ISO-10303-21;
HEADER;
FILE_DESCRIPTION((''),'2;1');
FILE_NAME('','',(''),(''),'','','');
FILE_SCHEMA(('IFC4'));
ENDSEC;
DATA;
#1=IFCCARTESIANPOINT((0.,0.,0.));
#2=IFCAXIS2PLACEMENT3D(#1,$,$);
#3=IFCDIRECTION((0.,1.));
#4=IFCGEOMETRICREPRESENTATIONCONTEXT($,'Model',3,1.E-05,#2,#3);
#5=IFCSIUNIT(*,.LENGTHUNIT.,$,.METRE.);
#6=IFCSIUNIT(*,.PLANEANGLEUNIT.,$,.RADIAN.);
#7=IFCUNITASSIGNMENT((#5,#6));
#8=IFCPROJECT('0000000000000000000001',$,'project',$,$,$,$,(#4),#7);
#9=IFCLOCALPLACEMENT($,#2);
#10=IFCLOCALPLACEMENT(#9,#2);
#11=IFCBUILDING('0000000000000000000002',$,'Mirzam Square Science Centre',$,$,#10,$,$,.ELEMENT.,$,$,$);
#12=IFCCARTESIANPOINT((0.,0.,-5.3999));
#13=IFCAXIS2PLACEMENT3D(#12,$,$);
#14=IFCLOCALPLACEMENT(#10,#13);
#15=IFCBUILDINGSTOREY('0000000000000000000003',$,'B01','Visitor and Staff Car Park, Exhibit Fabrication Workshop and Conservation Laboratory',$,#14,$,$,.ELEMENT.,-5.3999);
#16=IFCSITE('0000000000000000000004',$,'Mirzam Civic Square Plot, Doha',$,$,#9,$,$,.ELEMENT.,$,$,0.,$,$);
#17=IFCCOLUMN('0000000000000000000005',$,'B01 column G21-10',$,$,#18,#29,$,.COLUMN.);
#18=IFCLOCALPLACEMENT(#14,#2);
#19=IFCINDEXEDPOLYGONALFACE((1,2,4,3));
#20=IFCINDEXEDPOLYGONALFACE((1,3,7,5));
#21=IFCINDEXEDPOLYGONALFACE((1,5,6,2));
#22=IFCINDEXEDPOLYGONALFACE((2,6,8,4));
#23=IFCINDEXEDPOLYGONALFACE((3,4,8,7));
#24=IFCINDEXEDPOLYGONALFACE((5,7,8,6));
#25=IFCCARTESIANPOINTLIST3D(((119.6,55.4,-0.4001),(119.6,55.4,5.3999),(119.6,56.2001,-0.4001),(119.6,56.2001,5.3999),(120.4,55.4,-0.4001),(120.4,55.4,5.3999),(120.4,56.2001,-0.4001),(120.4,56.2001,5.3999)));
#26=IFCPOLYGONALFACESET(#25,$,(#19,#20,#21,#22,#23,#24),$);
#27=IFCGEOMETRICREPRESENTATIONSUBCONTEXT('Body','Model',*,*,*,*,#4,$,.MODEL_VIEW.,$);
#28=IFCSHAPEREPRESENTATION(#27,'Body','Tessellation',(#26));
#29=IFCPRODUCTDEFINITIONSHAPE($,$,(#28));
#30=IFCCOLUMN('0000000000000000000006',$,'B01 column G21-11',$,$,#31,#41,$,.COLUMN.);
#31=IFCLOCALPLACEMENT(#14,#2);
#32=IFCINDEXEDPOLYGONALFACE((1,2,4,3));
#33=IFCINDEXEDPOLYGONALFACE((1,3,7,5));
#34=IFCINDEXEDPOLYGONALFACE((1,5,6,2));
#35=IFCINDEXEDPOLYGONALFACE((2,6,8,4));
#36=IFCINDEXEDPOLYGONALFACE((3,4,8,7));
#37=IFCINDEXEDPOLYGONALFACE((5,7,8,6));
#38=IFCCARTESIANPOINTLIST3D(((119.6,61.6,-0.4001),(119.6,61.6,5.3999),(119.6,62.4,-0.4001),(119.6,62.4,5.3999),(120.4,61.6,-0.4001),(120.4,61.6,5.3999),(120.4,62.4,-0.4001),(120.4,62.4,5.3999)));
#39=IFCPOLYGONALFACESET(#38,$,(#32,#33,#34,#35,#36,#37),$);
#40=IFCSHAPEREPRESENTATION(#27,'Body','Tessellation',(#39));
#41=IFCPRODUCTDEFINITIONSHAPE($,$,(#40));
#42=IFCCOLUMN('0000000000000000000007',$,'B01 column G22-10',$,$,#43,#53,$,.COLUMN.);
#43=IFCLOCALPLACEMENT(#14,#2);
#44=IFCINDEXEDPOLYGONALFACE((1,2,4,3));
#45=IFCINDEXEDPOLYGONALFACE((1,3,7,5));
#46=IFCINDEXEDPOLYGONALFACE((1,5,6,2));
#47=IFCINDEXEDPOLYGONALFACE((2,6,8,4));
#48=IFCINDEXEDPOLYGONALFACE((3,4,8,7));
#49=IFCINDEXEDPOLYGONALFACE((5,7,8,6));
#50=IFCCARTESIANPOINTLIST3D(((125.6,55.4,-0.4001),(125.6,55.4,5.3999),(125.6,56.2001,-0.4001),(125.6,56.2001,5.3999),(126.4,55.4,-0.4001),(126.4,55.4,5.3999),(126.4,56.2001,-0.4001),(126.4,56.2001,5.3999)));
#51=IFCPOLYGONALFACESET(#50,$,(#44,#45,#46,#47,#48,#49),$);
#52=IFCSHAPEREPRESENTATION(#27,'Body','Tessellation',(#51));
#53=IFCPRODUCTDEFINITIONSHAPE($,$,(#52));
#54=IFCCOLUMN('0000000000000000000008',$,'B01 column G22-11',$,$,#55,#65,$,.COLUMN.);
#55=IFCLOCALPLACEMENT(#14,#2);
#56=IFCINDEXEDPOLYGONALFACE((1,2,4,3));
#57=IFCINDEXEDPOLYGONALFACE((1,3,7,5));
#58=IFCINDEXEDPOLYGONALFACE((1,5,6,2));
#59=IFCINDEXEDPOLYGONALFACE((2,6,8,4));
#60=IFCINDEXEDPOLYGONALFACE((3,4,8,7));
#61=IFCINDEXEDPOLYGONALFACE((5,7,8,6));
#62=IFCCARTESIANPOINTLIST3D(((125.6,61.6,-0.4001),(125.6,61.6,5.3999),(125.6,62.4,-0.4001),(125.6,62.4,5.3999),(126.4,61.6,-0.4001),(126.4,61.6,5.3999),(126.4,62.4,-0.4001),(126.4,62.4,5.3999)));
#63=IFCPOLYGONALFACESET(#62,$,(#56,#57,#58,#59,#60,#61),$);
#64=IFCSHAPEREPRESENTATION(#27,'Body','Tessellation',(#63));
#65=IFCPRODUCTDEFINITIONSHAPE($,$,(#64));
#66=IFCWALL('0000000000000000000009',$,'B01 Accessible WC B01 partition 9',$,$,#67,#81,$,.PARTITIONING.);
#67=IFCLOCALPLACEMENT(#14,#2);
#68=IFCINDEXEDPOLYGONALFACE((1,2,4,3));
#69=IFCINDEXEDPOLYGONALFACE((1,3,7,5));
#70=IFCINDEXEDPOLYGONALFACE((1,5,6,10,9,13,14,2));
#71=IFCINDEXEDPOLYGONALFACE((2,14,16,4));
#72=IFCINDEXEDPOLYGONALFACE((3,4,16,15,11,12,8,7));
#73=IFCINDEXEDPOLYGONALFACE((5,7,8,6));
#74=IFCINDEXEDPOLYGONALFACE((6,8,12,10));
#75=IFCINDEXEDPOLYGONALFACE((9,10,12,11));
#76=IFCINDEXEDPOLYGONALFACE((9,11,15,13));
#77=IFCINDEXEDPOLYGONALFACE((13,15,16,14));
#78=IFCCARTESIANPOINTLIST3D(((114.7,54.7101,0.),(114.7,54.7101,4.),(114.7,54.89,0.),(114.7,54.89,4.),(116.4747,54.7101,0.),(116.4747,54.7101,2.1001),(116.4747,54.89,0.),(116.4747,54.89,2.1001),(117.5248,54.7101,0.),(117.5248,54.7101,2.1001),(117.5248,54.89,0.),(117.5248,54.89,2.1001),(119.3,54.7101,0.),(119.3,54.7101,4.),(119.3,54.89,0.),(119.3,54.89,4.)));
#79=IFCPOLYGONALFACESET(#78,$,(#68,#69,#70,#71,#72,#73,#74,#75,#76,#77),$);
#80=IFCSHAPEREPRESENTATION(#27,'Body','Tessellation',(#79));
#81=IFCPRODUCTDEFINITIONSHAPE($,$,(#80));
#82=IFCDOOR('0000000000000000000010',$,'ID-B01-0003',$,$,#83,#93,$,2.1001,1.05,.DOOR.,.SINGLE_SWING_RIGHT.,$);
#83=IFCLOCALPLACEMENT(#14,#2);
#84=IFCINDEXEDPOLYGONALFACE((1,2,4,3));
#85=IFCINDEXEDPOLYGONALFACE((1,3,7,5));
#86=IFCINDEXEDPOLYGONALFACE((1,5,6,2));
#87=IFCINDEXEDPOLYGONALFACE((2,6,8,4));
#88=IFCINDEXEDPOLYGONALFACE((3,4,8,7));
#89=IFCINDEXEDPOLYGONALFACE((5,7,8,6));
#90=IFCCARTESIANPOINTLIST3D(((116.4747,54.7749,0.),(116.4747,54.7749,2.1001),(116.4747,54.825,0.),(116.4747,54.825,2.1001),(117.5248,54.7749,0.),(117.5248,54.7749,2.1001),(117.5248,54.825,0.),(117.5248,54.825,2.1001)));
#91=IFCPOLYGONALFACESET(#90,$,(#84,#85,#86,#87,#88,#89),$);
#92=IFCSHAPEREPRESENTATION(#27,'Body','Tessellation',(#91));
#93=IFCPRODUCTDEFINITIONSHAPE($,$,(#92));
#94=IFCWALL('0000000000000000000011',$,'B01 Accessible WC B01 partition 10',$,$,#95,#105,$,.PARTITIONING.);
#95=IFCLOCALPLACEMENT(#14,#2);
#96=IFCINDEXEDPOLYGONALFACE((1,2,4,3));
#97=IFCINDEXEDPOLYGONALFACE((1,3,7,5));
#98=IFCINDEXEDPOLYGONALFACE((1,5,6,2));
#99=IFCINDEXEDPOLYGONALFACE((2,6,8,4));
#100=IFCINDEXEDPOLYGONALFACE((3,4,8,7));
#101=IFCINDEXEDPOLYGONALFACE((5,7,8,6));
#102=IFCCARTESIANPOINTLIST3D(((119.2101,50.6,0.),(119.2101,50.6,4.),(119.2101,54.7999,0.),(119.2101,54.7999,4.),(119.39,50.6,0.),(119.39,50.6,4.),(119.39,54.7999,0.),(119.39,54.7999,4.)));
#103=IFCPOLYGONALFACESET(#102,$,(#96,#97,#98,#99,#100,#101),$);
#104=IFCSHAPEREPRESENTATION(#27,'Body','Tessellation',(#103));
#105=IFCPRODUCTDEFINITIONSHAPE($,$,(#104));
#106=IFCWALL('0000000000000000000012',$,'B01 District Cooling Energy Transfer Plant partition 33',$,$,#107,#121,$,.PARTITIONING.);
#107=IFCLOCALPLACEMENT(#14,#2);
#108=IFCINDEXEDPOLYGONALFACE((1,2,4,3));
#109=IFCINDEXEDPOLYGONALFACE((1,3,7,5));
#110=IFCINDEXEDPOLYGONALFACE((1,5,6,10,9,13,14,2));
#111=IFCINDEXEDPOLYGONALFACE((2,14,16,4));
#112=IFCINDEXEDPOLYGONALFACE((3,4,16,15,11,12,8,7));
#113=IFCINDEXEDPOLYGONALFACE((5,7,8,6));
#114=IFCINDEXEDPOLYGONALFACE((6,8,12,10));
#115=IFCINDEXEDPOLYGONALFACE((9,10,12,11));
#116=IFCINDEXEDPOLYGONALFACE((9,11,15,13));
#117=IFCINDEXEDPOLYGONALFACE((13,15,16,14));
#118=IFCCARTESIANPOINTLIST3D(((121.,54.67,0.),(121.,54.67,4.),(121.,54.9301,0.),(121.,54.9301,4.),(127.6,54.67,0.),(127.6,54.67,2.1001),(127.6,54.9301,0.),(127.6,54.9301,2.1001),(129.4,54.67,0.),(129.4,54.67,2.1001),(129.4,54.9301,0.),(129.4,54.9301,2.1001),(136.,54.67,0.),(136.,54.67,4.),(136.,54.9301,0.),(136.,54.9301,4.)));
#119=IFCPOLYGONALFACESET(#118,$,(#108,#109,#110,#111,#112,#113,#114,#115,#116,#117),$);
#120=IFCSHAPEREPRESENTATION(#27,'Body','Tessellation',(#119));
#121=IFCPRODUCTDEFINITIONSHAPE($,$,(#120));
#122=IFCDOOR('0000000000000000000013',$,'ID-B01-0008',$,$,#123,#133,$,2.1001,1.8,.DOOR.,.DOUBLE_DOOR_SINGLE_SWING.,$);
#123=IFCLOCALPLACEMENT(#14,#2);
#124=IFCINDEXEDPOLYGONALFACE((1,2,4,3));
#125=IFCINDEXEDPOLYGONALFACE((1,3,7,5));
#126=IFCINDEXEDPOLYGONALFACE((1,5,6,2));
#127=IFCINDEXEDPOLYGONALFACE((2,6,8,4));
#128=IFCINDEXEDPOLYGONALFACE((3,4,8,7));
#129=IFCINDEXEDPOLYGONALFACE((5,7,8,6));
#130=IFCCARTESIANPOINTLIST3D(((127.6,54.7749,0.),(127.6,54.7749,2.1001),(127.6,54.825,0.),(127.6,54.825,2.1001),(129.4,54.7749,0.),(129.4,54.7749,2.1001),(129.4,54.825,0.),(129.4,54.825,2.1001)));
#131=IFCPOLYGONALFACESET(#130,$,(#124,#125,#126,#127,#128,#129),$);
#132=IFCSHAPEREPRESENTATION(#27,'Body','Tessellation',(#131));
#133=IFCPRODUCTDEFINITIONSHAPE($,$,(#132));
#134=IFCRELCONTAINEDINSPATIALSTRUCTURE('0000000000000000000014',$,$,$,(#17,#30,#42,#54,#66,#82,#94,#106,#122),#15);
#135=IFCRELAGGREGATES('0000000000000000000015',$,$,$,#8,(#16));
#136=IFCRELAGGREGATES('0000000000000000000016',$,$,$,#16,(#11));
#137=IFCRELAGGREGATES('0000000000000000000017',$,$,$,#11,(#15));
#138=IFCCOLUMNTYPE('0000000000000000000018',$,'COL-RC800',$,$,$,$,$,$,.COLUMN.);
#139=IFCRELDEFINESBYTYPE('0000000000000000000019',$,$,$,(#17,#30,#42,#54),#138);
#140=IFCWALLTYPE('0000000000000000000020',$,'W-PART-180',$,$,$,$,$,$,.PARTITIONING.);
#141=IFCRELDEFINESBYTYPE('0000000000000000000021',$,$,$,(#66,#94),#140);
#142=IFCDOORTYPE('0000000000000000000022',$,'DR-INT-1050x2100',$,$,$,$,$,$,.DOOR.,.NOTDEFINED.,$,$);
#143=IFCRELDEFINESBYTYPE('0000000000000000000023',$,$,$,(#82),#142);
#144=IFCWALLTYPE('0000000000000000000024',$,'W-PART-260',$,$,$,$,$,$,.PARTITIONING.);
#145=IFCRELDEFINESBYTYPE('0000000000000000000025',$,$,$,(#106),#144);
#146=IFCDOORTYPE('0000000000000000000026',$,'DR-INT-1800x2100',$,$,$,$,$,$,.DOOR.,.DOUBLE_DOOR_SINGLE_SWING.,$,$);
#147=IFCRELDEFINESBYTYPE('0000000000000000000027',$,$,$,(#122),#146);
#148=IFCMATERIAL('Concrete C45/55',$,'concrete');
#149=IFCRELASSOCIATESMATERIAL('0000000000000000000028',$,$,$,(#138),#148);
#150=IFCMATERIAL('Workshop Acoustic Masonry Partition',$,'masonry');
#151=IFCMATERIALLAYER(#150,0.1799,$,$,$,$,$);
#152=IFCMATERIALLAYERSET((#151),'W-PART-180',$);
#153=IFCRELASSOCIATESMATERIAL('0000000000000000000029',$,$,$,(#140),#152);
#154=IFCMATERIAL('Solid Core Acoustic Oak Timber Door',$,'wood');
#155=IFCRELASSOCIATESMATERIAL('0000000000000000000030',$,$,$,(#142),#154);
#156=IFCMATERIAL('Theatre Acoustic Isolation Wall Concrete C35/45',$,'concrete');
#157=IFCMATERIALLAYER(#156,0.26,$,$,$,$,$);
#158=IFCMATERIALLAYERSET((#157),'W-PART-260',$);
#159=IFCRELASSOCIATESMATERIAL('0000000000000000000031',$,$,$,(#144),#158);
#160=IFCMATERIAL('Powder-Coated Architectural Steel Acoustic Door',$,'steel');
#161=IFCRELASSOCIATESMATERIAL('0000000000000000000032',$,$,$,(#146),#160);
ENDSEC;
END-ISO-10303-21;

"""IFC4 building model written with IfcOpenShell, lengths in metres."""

from ifc_helpers import new_model, si_unit, direction, frame, frame_2d, origin, origin_2d, place, context, subcontext, project, spatial, rectangle, extrude, material, layer, layer_set, material_profile, profile_set, type_object, element, fill, save


model = new_model("IFC4")

# Units and contexts
model_context = context("Model", 3, precision=1e-05, world=origin(), true_north=direction((0.0, 1.0)))
body_context = subcontext(model_context, "Body", "Model", "MODEL_VIEW")
ifc_project = project(units=[si_unit("LENGTHUNIT", "METRE"), si_unit("PLANEANGLEUNIT", "RADIAN")], contexts=[model_context])

# Site, building, storey
site_placement = place(None, origin())
site = spatial("IfcSite", under=ifc_project, at=site_placement, Name="Mirzam Civic Square Plot, Doha", CompositionType="ELEMENT", RefElevation=0.0)
building_placement = place(site_placement, origin())
building = spatial("IfcBuilding", under=site, at=building_placement, Name="Mirzam Square Science Centre", CompositionType="ELEMENT")
storey_placement = place(building_placement, frame((0.0, 0.0, -5.3999)))
storey = spatial("IfcBuildingStorey", under=building, at=storey_placement, Name="B01", Description="Visitor and Staff Car Park, Exhibit Fabrication Workshop and Conservation Laboratory", CompositionType="ELEMENT", Elevation=-5.3999)

# Shared definitions
ifc_material_1 = material(Name="Concrete C45/55", Category="concrete")

# Columns
ifc_material_profile_1 = material_profile(ifc_material_1, rectangle(XDim=0.8, YDim=0.8, at=origin_2d()), Name="RC800x800")
ifc_profile_set_1 = profile_set([ifc_material_profile_1], Name="Concrete C45/55")
column_type = type_object("IfcColumnType", Name="COL-RC800", PredefinedType="COLUMN", material=ifc_profile_set_1)
for number, where, z_axis, x_axis, name in (
    (1, (120.0, 55.8, -0.4001), (0.0, 0.0, 1.0), (1.0, 0.0, 0.0), "B01 column G21-10"),
    (2, (120.0, 62.0, -0.4001), (0.0, 0.0, 1.0), (1.0, 0.0, 0.0), "B01 column G21-11"),
    (3, (126.0, 55.8, -0.4001), (0.0, 0.0, 1.0), (1.0, 0.0, 0.0), "B01 column G22-10"),
    (4, (126.0, 62.0, -0.4001), (0.0, 0.0, 1.0), (1.0, 0.0, 0.0), "B01 column G22-11"),
):
    element("IfcColumn", number, at=place(storey_placement, frame(where, z_axis=z_axis, x_axis=x_axis)), inside=storey, type_object=column_type, Name=name, PredefinedType="COLUMN", context=body_context, shape_type="SweptSolid", body=[
        extrude(rectangle(XDim=0.8, YDim=0.8, at=origin_2d()), origin(), (0.0, 0.0, 1.0), 5.8),
    ])

# Wall, opening, door
ifc_material_2 = material(Name="Workshop Acoustic Masonry Partition", Category="masonry")
ifc_layer_1 = layer(ifc_material_2, 0.1799)
ifc_layer_set_1 = layer_set([ifc_layer_1], Name="W-PART-180")
wall_type_1 = type_object("IfcWallType", Name="W-PART-180", PredefinedType="PARTITIONING", material=ifc_layer_set_1)
wall_1_placement = place(storey_placement, frame((114.7, 54.8, 0.0), z_axis=(0.0, 0.0, 1.0), x_axis=(1.0, 0.0, 0.0)))
wall_1 = element("IfcWall", 5, at=wall_1_placement, inside=storey, type_object=wall_type_1, Name="B01 Accessible WC B01 partition 9", PredefinedType="PARTITIONING", context=body_context, shape_type="SweptSolid", body=[
    extrude(rectangle(XDim=4.6001, YDim=0.1799, at=frame_2d((2.3, 0.0))), origin(), (0.0, 0.0, 1.0), 4.0),
])
opening_1_placement = place(wall_1_placement, frame((1.7749, 0.0, 0.0)))
opening_1 = element("IfcOpeningElement", 6, at=opening_1_placement, cuts=wall_1, PredefinedType="OPENING", context=body_context, shape_type="SweptSolid", body=[
    extrude(rectangle(XDim=1.05, YDim=2.1001, at=frame_2d((0.5249, 1.05))), frame((0.0, 0.0999, 0.0), z_axis=(0.0, -1.0, 0.0), x_axis=(1.0, 0.0, 0.0)), (0.0, 0.0, 1.0), 0.2),
])
ifc_material_3 = material(Name="Solid Core Acoustic Oak Timber Door", Category="wood")
door_type_1 = type_object("IfcDoorType", Name="DR-INT-1050x2100", OperationType="NOTDEFINED", PredefinedType="DOOR", material=ifc_material_3)
door_1_placement = place(opening_1_placement, origin())
door_1 = element("IfcDoor", 7, at=door_1_placement, inside=storey, type_object=door_type_1, Name="ID-B01-0003", OperationType="SINGLE_SWING_RIGHT", OverallHeight=2.1001, OverallWidth=1.05, PredefinedType="DOOR", context=body_context, shape_type="SweptSolid", body=[
    extrude(rectangle(XDim=1.05, YDim=2.1001, at=frame_2d((0.5249, 1.05))), frame((0.0, 0.0249, 0.0), z_axis=(0.0, -1.0, 0.0), x_axis=(1.0, 0.0, 0.0)), (0.0, 0.0, 1.0), 0.05),
])
fill(opening_1, door_1)

# Wall
wall_2_placement = place(storey_placement, frame((119.3, 54.8, 0.0), z_axis=(0.0, 0.0, 1.0), x_axis=(0.0, -1.0, 0.0)))
element("IfcWall", 8, at=wall_2_placement, inside=storey, type_object=wall_type_1, Name="B01 Accessible WC B01 partition 10", PredefinedType="PARTITIONING", context=body_context, shape_type="SweptSolid", body=[
    extrude(rectangle(XDim=4.2, YDim=0.1799, at=frame_2d((2.1001, 0.0))), origin(), (0.0, 0.0, 1.0), 4.0),
])

# Wall, opening, door
ifc_material_4 = material(Name="Theatre Acoustic Isolation Wall Concrete C35/45", Category="concrete")
ifc_layer_2 = layer(ifc_material_4, 0.26)
ifc_layer_set_2 = layer_set([ifc_layer_2], Name="W-PART-260")
wall_type_2 = type_object("IfcWallType", Name="W-PART-260", PredefinedType="PARTITIONING", material=ifc_layer_set_2)
wall_3_placement = place(storey_placement, frame((121.0, 54.8, 0.0), z_axis=(0.0, 0.0, 1.0), x_axis=(1.0, 0.0, 0.0)))
wall_3 = element("IfcWall", 9, at=wall_3_placement, inside=storey, type_object=wall_type_2, Name="B01 District Cooling Energy Transfer Plant partition 33", PredefinedType="PARTITIONING", context=body_context, shape_type="SweptSolid", body=[
    extrude(rectangle(XDim=15.0, YDim=0.26, at=frame_2d((7.5, 0.0))), origin(), (0.0, 0.0, 1.0), 4.0),
])
opening_2_placement = place(wall_3_placement, frame((6.6001, 0.0, 0.0)))
opening_2 = element("IfcOpeningElement", 10, at=opening_2_placement, cuts=wall_3, PredefinedType="OPENING", context=body_context, shape_type="SweptSolid", body=[
    extrude(rectangle(XDim=1.8, YDim=2.1001, at=frame_2d((0.8999, 1.05))), frame((0.0, 0.1399, 0.0), z_axis=(0.0, -1.0, 0.0), x_axis=(1.0, 0.0, 0.0)), (0.0, 0.0, 1.0), 0.28),
])
ifc_material_5 = material(Name="Powder-Coated Architectural Steel Acoustic Door", Category="steel")
door_type_2 = type_object("IfcDoorType", Name="DR-INT-1800x2100", OperationType="DOUBLE_DOOR_SINGLE_SWING", PredefinedType="DOOR", material=ifc_material_5)
door_2_placement = place(opening_2_placement, origin())
door_2 = element("IfcDoor", 11, at=door_2_placement, inside=storey, type_object=door_type_2, Name="ID-B01-0008", OperationType="DOUBLE_DOOR_SINGLE_SWING", OverallHeight=2.1001, OverallWidth=1.8, PredefinedType="DOOR", context=body_context, shape_type="SweptSolid", body=[
    extrude(rectangle(XDim=1.8, YDim=2.1001, at=frame_2d((0.8999, 1.05))), frame((0.0, 0.0249, 0.0), z_axis=(0.0, -1.0, 0.0), x_axis=(1.0, 0.0, 0.0)), (0.0, 0.0, 1.0), 0.05),
])
fill(opening_2, door_2)

save(model, "model.ifc")
